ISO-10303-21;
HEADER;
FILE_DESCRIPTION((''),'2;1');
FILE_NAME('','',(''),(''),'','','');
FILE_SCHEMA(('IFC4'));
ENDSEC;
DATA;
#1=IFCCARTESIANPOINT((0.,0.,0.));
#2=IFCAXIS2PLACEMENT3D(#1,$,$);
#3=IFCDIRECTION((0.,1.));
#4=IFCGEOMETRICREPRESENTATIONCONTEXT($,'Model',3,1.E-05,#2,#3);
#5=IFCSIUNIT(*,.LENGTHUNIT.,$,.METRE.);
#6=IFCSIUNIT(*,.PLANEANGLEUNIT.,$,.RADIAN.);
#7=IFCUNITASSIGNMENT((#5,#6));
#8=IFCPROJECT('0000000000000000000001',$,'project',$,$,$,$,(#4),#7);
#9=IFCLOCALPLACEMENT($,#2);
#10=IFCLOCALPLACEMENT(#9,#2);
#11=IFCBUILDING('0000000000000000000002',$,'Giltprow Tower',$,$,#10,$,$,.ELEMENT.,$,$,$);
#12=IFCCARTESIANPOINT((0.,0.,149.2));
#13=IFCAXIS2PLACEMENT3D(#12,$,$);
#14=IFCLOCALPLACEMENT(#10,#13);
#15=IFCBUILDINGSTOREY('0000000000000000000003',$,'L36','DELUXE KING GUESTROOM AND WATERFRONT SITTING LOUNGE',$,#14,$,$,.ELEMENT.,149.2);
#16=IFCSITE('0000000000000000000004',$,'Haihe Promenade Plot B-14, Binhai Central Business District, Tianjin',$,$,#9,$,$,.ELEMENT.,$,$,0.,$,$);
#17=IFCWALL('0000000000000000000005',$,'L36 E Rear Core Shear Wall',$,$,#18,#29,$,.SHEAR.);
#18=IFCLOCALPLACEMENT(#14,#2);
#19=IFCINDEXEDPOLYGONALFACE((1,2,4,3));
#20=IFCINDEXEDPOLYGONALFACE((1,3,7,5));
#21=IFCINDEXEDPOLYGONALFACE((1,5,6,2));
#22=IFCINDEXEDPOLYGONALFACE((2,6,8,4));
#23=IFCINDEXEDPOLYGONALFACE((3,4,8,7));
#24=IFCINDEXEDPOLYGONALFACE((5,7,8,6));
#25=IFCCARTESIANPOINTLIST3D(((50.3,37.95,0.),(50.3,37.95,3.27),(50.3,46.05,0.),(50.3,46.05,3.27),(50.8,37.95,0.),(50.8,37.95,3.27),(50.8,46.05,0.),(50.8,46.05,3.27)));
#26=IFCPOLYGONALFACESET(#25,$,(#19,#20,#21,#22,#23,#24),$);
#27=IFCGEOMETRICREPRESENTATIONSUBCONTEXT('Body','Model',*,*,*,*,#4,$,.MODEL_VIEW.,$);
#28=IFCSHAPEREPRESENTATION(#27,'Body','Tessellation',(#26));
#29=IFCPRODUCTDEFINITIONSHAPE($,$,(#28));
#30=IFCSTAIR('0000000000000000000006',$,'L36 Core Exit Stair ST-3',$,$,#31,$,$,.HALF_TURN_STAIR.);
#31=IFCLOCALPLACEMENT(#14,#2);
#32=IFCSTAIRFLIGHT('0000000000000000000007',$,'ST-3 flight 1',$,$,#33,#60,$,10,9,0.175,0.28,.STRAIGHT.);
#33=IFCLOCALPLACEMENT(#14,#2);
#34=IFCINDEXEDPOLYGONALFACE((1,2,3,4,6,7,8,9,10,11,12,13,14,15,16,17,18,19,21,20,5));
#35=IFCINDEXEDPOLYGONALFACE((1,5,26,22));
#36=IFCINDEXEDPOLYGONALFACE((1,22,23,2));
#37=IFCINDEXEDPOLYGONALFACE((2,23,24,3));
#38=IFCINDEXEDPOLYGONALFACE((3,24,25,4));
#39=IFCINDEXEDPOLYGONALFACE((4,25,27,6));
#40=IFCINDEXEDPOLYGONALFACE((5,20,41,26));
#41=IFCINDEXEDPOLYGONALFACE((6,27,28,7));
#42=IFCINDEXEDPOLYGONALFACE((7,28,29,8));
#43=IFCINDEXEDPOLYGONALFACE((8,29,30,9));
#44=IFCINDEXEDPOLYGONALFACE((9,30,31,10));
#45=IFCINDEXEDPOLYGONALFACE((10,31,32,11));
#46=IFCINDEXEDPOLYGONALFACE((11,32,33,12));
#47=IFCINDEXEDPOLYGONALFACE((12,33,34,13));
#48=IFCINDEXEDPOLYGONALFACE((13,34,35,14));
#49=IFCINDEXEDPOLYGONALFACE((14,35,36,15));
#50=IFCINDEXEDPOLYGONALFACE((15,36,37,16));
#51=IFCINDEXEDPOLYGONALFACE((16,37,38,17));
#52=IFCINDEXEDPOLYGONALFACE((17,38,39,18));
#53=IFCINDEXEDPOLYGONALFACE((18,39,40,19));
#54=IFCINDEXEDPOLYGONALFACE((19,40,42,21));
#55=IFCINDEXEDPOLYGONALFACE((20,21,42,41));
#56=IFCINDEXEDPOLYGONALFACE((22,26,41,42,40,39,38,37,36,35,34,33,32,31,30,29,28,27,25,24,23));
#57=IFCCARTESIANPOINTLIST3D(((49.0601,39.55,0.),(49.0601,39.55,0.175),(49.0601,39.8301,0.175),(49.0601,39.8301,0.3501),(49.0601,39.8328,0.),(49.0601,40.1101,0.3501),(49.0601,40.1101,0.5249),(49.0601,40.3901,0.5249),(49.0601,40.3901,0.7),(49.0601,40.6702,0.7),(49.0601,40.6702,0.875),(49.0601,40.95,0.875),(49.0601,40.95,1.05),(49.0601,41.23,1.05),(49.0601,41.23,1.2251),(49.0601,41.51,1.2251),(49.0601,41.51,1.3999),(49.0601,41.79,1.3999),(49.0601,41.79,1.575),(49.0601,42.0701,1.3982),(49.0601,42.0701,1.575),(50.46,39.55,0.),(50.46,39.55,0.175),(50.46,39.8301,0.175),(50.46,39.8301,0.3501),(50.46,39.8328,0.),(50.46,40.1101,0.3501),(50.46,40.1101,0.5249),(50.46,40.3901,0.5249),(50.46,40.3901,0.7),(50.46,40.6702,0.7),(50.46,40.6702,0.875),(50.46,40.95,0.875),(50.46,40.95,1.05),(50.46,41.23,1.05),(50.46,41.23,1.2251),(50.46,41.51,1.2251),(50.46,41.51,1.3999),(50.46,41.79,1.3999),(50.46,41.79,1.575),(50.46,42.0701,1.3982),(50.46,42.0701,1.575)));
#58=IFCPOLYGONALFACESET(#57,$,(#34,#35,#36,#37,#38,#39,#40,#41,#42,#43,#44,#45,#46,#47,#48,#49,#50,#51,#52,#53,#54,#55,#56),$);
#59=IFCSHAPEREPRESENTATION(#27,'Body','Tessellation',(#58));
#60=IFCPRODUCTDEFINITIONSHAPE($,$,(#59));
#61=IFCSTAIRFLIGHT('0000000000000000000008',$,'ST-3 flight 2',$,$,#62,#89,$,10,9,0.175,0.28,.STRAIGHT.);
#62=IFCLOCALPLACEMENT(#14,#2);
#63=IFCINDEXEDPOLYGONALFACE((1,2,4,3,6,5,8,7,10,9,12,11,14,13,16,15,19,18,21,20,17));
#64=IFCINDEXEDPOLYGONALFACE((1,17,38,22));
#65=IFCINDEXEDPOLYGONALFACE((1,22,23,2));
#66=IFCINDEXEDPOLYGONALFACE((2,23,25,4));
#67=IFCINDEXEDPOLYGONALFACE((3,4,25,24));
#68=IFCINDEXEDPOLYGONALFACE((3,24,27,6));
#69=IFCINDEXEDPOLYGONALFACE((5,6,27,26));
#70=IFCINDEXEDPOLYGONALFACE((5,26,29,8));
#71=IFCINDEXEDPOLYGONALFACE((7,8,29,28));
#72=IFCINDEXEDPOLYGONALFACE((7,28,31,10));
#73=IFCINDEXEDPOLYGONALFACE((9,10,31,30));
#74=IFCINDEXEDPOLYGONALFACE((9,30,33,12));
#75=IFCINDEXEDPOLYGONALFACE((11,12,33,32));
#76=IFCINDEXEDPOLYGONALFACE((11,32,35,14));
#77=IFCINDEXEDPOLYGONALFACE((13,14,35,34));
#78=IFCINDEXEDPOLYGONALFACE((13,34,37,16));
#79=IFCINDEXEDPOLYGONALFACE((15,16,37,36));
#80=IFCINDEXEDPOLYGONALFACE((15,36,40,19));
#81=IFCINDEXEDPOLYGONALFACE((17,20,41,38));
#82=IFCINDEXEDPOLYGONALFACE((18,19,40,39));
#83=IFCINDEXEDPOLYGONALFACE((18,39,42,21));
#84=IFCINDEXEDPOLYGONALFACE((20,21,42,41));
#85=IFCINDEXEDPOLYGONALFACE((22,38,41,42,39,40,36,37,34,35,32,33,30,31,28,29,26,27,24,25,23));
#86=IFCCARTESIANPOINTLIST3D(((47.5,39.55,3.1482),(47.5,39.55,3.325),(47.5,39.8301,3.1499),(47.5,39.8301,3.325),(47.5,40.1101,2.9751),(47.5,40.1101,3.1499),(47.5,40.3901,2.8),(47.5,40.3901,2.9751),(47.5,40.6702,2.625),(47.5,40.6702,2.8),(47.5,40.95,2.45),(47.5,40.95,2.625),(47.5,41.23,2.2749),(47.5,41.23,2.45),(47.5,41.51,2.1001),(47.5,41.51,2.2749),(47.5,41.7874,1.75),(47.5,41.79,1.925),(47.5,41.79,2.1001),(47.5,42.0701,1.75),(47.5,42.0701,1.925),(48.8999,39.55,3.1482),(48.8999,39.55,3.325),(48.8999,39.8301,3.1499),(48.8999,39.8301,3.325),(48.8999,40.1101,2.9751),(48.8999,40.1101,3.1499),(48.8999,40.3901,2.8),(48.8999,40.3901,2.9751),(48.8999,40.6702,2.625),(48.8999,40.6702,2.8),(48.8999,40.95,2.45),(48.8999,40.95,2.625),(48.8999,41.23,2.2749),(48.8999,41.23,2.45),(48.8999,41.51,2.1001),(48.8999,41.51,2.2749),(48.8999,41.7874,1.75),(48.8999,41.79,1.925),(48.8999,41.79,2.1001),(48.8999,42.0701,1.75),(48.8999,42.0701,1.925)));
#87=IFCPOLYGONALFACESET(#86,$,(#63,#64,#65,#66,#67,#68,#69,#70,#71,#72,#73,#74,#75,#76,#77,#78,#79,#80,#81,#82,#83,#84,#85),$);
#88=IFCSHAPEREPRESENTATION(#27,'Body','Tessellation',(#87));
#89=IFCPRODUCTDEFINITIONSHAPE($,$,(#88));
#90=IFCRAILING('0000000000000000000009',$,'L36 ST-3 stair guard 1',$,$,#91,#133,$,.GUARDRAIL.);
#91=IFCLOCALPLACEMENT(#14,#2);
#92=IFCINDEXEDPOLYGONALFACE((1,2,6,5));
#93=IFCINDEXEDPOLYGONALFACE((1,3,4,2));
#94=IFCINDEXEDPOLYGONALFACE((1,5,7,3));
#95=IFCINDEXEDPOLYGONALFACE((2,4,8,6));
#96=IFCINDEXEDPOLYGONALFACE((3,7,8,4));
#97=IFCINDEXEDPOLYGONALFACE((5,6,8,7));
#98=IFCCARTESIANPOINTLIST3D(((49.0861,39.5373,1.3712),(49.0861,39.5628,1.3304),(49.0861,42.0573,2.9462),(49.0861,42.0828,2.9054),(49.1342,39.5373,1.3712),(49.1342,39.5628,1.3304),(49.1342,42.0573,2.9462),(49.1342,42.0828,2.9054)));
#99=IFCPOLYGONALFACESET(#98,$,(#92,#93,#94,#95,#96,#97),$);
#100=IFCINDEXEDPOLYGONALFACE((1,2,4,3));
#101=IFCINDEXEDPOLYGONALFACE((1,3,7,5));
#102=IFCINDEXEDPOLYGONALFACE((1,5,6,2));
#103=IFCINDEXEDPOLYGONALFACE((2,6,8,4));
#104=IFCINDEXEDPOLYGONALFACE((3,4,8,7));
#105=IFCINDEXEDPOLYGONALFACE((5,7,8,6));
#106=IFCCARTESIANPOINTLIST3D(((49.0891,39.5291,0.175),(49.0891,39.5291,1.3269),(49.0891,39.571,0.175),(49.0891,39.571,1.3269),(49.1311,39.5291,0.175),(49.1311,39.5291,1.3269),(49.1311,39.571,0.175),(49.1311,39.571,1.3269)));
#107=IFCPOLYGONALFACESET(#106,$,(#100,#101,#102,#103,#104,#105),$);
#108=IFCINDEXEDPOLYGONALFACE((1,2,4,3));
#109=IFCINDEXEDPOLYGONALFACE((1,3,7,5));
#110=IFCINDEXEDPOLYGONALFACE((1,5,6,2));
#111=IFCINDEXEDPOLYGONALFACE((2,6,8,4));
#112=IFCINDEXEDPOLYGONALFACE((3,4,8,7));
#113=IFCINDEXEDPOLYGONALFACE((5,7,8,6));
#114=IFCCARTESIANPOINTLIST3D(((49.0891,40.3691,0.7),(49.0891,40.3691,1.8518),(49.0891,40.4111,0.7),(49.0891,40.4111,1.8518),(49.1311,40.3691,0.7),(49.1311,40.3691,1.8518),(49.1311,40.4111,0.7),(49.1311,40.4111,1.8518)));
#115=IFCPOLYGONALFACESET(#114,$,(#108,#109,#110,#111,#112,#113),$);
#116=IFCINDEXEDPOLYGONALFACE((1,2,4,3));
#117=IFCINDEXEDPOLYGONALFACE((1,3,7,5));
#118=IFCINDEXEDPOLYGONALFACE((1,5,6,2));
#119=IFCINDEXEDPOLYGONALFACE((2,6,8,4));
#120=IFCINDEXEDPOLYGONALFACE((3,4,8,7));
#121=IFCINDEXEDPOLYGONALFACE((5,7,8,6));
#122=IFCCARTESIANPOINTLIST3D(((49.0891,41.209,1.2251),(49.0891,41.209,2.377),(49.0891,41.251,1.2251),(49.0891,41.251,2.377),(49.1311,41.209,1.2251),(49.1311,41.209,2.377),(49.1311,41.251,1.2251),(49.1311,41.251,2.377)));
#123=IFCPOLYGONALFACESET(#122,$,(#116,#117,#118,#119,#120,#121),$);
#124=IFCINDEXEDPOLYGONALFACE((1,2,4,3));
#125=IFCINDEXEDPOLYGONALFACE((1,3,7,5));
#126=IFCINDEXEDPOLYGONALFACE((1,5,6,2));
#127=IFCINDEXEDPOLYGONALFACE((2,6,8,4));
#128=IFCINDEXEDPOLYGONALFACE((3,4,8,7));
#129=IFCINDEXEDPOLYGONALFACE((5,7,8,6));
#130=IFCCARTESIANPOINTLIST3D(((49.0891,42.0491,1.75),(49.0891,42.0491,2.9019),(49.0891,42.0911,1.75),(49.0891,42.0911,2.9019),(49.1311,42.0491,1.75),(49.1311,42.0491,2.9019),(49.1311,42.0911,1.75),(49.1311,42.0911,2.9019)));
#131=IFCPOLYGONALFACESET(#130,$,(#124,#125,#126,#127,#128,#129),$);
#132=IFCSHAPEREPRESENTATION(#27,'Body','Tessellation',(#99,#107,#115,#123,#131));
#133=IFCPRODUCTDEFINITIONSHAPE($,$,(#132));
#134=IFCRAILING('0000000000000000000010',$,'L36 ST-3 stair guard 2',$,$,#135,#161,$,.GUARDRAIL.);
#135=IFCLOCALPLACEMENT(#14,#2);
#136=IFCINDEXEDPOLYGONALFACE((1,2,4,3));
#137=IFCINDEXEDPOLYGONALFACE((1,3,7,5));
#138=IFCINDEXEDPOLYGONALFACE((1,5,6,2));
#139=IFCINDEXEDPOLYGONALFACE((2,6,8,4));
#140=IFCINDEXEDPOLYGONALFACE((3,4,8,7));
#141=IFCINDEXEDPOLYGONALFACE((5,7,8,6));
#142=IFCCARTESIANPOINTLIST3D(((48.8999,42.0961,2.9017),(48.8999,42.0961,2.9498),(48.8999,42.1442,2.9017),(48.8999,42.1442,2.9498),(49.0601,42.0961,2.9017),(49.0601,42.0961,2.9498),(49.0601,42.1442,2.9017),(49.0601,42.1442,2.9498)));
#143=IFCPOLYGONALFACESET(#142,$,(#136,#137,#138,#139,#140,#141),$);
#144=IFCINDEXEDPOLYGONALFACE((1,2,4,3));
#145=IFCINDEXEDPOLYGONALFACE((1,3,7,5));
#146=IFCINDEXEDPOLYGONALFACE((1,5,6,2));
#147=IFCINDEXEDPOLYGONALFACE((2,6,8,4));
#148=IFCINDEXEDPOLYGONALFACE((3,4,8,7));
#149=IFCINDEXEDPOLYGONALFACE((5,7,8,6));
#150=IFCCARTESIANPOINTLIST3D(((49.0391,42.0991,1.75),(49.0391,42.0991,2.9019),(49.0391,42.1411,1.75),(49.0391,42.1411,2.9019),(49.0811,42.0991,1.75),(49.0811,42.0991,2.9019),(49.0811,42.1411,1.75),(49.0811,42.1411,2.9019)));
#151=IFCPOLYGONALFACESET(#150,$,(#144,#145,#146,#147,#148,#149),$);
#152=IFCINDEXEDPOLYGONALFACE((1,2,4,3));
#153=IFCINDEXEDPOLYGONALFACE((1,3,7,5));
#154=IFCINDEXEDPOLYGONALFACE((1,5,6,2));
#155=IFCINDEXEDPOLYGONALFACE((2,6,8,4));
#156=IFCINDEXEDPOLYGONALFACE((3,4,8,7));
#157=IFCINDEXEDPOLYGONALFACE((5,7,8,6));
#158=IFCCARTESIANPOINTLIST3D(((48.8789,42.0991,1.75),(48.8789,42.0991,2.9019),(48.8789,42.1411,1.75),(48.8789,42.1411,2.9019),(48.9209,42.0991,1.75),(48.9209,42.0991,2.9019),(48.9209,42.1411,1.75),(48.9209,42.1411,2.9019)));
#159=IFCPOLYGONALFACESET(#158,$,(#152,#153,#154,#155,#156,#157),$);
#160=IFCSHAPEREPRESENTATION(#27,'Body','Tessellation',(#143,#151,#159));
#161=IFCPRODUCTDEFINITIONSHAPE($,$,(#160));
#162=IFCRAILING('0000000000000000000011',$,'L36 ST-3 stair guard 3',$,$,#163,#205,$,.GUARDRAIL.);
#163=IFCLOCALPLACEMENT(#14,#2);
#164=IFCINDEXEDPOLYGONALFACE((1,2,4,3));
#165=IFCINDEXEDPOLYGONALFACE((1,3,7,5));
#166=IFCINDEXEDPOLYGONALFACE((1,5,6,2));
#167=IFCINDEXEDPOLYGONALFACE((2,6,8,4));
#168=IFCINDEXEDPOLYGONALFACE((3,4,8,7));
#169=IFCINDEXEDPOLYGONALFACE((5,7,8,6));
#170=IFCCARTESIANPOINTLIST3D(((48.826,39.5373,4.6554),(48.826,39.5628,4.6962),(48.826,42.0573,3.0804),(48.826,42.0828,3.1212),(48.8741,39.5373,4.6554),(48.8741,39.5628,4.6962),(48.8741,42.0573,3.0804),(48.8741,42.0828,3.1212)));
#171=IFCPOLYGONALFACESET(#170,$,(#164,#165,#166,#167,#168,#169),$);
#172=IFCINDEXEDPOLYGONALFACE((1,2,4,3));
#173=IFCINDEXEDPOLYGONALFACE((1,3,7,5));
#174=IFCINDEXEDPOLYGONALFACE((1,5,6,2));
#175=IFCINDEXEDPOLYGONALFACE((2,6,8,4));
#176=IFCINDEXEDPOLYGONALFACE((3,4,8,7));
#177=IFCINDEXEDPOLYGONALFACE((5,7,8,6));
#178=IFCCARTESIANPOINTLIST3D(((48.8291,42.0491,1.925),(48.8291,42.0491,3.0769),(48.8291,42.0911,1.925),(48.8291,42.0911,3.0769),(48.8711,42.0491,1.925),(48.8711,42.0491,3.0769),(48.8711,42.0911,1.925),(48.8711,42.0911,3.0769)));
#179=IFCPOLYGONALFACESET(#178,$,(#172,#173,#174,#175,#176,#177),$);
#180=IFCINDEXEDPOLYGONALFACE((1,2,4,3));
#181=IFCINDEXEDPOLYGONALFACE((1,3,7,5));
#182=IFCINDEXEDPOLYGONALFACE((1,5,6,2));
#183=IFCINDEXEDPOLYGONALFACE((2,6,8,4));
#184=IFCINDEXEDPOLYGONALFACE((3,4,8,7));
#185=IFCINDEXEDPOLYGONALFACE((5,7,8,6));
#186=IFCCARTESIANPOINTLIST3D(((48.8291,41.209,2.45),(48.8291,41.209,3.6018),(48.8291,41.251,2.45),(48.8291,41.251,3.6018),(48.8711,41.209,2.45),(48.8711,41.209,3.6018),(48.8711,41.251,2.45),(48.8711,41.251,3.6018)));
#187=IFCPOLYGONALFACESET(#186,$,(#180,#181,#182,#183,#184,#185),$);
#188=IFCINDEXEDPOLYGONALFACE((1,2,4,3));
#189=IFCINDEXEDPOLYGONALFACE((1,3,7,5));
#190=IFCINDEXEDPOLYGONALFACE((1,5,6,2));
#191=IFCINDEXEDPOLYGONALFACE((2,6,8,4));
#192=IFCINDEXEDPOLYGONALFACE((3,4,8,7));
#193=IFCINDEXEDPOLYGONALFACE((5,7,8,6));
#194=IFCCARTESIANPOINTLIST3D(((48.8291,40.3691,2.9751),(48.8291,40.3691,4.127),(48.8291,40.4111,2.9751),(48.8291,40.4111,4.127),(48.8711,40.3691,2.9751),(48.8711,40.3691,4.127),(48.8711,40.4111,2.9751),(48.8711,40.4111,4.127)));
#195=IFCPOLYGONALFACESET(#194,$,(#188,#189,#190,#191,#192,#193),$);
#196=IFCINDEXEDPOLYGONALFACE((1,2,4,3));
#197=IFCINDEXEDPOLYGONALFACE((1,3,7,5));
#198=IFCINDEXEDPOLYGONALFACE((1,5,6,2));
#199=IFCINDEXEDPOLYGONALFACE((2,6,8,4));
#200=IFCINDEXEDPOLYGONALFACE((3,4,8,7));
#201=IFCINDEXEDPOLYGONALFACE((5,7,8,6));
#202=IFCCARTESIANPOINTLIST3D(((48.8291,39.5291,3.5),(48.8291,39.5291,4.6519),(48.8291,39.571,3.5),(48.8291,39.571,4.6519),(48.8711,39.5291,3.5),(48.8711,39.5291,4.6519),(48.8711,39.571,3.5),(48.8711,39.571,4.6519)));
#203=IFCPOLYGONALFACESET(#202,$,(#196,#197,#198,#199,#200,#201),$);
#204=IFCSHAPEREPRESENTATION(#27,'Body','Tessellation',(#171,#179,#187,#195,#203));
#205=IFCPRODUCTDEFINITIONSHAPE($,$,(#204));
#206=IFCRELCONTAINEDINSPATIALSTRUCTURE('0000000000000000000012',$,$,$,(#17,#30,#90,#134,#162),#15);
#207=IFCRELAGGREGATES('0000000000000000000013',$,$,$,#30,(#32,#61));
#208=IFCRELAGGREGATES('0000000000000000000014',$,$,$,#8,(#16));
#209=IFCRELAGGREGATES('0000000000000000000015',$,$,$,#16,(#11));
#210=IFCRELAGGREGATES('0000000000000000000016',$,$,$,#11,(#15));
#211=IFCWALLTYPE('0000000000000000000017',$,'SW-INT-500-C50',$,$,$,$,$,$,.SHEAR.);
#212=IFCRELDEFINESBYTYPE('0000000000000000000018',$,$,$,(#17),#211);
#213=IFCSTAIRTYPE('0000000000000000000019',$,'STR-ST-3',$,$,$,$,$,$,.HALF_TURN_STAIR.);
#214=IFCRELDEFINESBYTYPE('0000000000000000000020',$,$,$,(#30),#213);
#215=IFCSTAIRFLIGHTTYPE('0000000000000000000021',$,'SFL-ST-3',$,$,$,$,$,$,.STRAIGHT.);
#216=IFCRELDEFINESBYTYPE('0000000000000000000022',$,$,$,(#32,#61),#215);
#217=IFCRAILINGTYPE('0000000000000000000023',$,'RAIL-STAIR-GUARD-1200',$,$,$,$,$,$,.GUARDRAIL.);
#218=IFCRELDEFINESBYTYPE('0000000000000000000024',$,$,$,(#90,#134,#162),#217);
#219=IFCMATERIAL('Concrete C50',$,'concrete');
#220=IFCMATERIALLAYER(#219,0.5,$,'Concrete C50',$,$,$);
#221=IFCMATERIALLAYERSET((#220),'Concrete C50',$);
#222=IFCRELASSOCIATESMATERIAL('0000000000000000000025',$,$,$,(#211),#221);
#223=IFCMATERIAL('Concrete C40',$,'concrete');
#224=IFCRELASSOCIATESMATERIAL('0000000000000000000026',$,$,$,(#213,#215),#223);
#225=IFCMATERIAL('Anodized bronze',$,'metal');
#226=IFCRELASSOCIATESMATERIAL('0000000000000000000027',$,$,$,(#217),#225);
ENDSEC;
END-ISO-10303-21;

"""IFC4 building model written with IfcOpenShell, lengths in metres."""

from ifc_helpers import new_model, si_unit, direction, frame, frame_2d, origin, origin_2d, place, context, subcontext, project, spatial, polyline, rectangle, outline, extrude, material, layer, layer_set, type_object, element, aggregate, save


model = new_model("IFC4")

# Units and contexts
model_context = context("Model", 3, precision=1e-05, world=origin(), true_north=direction((0.0, 1.0)))
body_context = subcontext(model_context, "Body", "Model", "MODEL_VIEW")
ifc_project = project(units=[si_unit("LENGTHUNIT", "METRE"), si_unit("PLANEANGLEUNIT", "RADIAN")], contexts=[model_context])

# Site, building, storey
site_placement = place(None, origin())
site = spatial("IfcSite", under=ifc_project, at=site_placement, Name="Haihe Promenade Plot B-14, Binhai Central Business District, Tianjin", CompositionType="ELEMENT", RefElevation=0.0)
building_placement = place(site_placement, origin())
building = spatial("IfcBuilding", under=site, at=building_placement, Name="Giltprow Tower", CompositionType="ELEMENT")
storey_placement = place(building_placement, frame((0.0, 0.0, 149.2)))
storey = spatial("IfcBuildingStorey", under=building, at=storey_placement, Name="L36", Description="DELUXE KING GUESTROOM AND WATERFRONT SITTING LOUNGE", CompositionType="ELEMENT", Elevation=149.2)

# Shared definitions
ifc_material_1 = material(Name="Concrete C50", Category="concrete")

# Shared definitions
ifc_material_2 = material(Name="Concrete C40", Category="concrete")

# Wall
ifc_layer_1 = layer(ifc_material_1, 0.5, Name="Concrete C50")
ifc_layer_set_1 = layer_set([ifc_layer_1], Name="Concrete C50")
wall_type_1 = type_object("IfcWallType", Name="SW-INT-500-C50", PredefinedType="SHEAR", material=ifc_layer_set_1)
wall_1_placement = place(storey_placement, frame((50.55, 37.95, 0.0), z_axis=(0.0, 0.0, 1.0), x_axis=(0.0, 1.0, 0.0)))
element("IfcWall", 1, at=wall_1_placement, inside=storey, type_object=wall_type_1, Name="L36 E Rear Core Shear Wall", PredefinedType="SHEAR", context=body_context, shape_type="SweptSolid", body=[
    extrude(rectangle(XDim=8.1001, YDim=0.5, at=frame_2d((4.05, 0.0))), origin(), (0.0, 0.0, 1.0), 3.27),
])

# Stair, stair flights
stair_type = type_object("IfcStairType", Name="STR-ST-3", PredefinedType="HALF_TURN_STAIR", material=ifc_material_2)
stair_placement = place(storey_placement, origin())
stair = element("IfcStair", 2, at=stair_placement, inside=storey, type_object=stair_type, Name="L36 Core Exit Stair ST-3", PredefinedType="HALF_TURN_STAIR")
stair_flight_type = type_object("IfcStairFlightType", Name="SFL-ST-3", PredefinedType="STRAIGHT", material=ifc_material_2)
stair_flight_1_placement = place(storey_placement, frame((49.76, 39.55, 0.0), z_axis=(0.0, 0.0, 1.0), x_axis=(0.0, 1.0, 0.0)))
stair_flight_1 = element("IfcStairFlight", 3, at=stair_flight_1_placement, type_object=stair_flight_type, Name="ST-3 flight 1", NumberOfRisers=10, NumberOfTreads=9, PredefinedType="STRAIGHT", RiserHeight=0.175, TreadLength=0.28, context=body_context, shape_type="SweptSolid", body=[
    extrude(outline(polyline([(0.0, 0.0), (0.0, 0.175), (0.28, 0.175), (0.28, 0.3501), (0.5601, 0.3501), (0.5601, 0.5249), (0.8401, 0.5249), (0.8401, 0.7), (1.1201, 0.7), (1.1201, 0.875), (1.3999, 0.875), (1.3999, 1.05), (1.6799, 1.05), (1.6799, 1.2251), (1.96, 1.2251), (1.96, 1.3999), (2.24, 1.3999), (2.24, 1.575), (2.52, 1.575), (2.52, 1.75), (2.52, 1.3982), (0.2827, 0.0), (0.0, 0.0)])), frame((0.0, 0.7, 0.0), z_axis=(0.0, -1.0, 0.0), x_axis=(1.0, 0.0, 0.0)), (0.0, 0.0, 1.0), 1.3999),
])
stair_flight_2_placement = place(storey_placement, frame((48.2, 42.0701, 1.75), z_axis=(0.0, 0.0, 1.0), x_axis=(0.0, -1.0, 0.0)))
stair_flight_2 = element("IfcStairFlight", 4, at=stair_flight_2_placement, type_object=stair_flight_type, Name="ST-3 flight 2", NumberOfRisers=10, NumberOfTreads=9, PredefinedType="STRAIGHT", RiserHeight=0.175, TreadLength=0.28, context=body_context, shape_type="SweptSolid", body=[
    extrude(outline(polyline([(0.0, 0.0), (0.0, 0.175), (0.28, 0.175), (0.28, 0.3501), (0.5601, 0.3501), (0.5601, 0.5249), (0.8401, 0.5249), (0.8401, 0.7), (1.1201, 0.7), (1.1201, 0.875), (1.3999, 0.875), (1.3999, 1.05), (1.6799, 1.05), (1.6799, 1.2251), (1.96, 1.2251), (1.96, 1.3999), (2.24, 1.3999), (2.24, 1.575), (2.52, 1.575), (2.52, 1.75), (2.52, 1.3982), (0.2827, 0.0), (0.0, 0.0)])), frame((0.0, 0.7, 0.0), z_axis=(0.0, -1.0, 0.0), x_axis=(1.0, 0.0, 0.0)), (0.0, 0.0, 1.0), 1.3999),
])
aggregate(stair, [stair_flight_1, stair_flight_2])

# Railings
ifc_material_3 = material(Name="Anodized bronze", Category="metal")
railing_type_1 = type_object("IfcRailingType", Name="RAIL-STAIR-GUARD-1200", PredefinedType="GUARDRAIL", material=ifc_material_3)
railing_1_placement = place(storey_placement, frame((49.1101, 39.55, 0.175)))
element("IfcRailing", 5, at=railing_1_placement, inside=storey, type_object=railing_type_1, Name="L36 ST-3 stair guard 1", PredefinedType="GUARDRAIL", context=body_context, shape_type="SweptSolid", body=[
    extrude(rectangle(XDim=0.0481, YDim=0.0481, at=origin_2d()), frame((0.0, 0.0, 1.1758), z_axis=(0.0, 0.848008, 0.529984), x_axis=(-1.0, 0.0, 0.0)), (0.0, 0.0, 1.0), 2.9717),
    extrude(rectangle(XDim=0.042, YDim=0.042, at=origin_2d()), origin(), (0.0, 0.0, 1.0), 1.1519),
    extrude(rectangle(XDim=0.042, YDim=0.042, at=origin_2d()), frame((0.0, 0.8401, 0.5249)), (0.0, 0.0, 1.0), 1.1519),
    extrude(rectangle(XDim=0.042, YDim=0.042, at=origin_2d()), frame((0.0, 1.6799, 1.05)), (0.0, 0.0, 1.0), 1.1519),
    extrude(rectangle(XDim=0.042, YDim=0.042, at=origin_2d()), frame((0.0, 2.52, 1.575)), (0.0, 0.0, 1.0), 1.1519),
])
railing_2_placement = place(storey_placement, frame((49.0601, 42.1201, 1.75)))
element("IfcRailing", 6, at=railing_2_placement, inside=storey, type_object=railing_type_1, Name="L36 ST-3 stair guard 2", PredefinedType="GUARDRAIL", context=body_context, shape_type="SweptSolid", body=[
    extrude(rectangle(XDim=0.0481, YDim=0.0481, at=origin_2d()), frame((0.0, 0.0, 1.1758), z_axis=(-1.0, 0.0, 0.0), x_axis=(0.0, -1.0, 0.0)), (0.0, 0.0, 1.0), 0.1602),
    extrude(rectangle(XDim=0.042, YDim=0.042, at=origin_2d()), origin(), (0.0, 0.0, 1.0), 1.1519),
    extrude(rectangle(XDim=0.042, YDim=0.042, at=origin_2d()), frame((-0.1602, 0.0, 0.0)), (0.0, 0.0, 1.0), 1.1519),
])
railing_3_placement = place(storey_placement, frame((48.8501, 42.0701, 1.925)))
element("IfcRailing", 7, at=railing_3_placement, inside=storey, type_object=railing_type_1, Name="L36 ST-3 stair guard 3", PredefinedType="GUARDRAIL", context=body_context, shape_type="SweptSolid", body=[
    extrude(rectangle(XDim=0.0481, YDim=0.0481, at=origin_2d()), frame((0.0, 0.0, 1.1758), z_axis=(0.0, -0.848008, 0.529984), x_axis=(1.0, 0.0, 0.0)), (0.0, 0.0, 1.0), 2.9717),
    extrude(rectangle(XDim=0.042, YDim=0.042, at=origin_2d()), origin(), (0.0, 0.0, 1.0), 1.1519),
    extrude(rectangle(XDim=0.042, YDim=0.042, at=origin_2d()), frame((0.0, -0.8401, 0.5249)), (0.0, 0.0, 1.0), 1.1519),
    extrude(rectangle(XDim=0.042, YDim=0.042, at=origin_2d()), frame((0.0, -1.6799, 1.05)), (0.0, 0.0, 1.0), 1.1519),
    extrude(rectangle(XDim=0.042, YDim=0.042, at=origin_2d()), frame((0.0, -2.52, 1.575)), (0.0, 0.0, 1.0), 1.1519),
])

save(model, "model.ifc")
